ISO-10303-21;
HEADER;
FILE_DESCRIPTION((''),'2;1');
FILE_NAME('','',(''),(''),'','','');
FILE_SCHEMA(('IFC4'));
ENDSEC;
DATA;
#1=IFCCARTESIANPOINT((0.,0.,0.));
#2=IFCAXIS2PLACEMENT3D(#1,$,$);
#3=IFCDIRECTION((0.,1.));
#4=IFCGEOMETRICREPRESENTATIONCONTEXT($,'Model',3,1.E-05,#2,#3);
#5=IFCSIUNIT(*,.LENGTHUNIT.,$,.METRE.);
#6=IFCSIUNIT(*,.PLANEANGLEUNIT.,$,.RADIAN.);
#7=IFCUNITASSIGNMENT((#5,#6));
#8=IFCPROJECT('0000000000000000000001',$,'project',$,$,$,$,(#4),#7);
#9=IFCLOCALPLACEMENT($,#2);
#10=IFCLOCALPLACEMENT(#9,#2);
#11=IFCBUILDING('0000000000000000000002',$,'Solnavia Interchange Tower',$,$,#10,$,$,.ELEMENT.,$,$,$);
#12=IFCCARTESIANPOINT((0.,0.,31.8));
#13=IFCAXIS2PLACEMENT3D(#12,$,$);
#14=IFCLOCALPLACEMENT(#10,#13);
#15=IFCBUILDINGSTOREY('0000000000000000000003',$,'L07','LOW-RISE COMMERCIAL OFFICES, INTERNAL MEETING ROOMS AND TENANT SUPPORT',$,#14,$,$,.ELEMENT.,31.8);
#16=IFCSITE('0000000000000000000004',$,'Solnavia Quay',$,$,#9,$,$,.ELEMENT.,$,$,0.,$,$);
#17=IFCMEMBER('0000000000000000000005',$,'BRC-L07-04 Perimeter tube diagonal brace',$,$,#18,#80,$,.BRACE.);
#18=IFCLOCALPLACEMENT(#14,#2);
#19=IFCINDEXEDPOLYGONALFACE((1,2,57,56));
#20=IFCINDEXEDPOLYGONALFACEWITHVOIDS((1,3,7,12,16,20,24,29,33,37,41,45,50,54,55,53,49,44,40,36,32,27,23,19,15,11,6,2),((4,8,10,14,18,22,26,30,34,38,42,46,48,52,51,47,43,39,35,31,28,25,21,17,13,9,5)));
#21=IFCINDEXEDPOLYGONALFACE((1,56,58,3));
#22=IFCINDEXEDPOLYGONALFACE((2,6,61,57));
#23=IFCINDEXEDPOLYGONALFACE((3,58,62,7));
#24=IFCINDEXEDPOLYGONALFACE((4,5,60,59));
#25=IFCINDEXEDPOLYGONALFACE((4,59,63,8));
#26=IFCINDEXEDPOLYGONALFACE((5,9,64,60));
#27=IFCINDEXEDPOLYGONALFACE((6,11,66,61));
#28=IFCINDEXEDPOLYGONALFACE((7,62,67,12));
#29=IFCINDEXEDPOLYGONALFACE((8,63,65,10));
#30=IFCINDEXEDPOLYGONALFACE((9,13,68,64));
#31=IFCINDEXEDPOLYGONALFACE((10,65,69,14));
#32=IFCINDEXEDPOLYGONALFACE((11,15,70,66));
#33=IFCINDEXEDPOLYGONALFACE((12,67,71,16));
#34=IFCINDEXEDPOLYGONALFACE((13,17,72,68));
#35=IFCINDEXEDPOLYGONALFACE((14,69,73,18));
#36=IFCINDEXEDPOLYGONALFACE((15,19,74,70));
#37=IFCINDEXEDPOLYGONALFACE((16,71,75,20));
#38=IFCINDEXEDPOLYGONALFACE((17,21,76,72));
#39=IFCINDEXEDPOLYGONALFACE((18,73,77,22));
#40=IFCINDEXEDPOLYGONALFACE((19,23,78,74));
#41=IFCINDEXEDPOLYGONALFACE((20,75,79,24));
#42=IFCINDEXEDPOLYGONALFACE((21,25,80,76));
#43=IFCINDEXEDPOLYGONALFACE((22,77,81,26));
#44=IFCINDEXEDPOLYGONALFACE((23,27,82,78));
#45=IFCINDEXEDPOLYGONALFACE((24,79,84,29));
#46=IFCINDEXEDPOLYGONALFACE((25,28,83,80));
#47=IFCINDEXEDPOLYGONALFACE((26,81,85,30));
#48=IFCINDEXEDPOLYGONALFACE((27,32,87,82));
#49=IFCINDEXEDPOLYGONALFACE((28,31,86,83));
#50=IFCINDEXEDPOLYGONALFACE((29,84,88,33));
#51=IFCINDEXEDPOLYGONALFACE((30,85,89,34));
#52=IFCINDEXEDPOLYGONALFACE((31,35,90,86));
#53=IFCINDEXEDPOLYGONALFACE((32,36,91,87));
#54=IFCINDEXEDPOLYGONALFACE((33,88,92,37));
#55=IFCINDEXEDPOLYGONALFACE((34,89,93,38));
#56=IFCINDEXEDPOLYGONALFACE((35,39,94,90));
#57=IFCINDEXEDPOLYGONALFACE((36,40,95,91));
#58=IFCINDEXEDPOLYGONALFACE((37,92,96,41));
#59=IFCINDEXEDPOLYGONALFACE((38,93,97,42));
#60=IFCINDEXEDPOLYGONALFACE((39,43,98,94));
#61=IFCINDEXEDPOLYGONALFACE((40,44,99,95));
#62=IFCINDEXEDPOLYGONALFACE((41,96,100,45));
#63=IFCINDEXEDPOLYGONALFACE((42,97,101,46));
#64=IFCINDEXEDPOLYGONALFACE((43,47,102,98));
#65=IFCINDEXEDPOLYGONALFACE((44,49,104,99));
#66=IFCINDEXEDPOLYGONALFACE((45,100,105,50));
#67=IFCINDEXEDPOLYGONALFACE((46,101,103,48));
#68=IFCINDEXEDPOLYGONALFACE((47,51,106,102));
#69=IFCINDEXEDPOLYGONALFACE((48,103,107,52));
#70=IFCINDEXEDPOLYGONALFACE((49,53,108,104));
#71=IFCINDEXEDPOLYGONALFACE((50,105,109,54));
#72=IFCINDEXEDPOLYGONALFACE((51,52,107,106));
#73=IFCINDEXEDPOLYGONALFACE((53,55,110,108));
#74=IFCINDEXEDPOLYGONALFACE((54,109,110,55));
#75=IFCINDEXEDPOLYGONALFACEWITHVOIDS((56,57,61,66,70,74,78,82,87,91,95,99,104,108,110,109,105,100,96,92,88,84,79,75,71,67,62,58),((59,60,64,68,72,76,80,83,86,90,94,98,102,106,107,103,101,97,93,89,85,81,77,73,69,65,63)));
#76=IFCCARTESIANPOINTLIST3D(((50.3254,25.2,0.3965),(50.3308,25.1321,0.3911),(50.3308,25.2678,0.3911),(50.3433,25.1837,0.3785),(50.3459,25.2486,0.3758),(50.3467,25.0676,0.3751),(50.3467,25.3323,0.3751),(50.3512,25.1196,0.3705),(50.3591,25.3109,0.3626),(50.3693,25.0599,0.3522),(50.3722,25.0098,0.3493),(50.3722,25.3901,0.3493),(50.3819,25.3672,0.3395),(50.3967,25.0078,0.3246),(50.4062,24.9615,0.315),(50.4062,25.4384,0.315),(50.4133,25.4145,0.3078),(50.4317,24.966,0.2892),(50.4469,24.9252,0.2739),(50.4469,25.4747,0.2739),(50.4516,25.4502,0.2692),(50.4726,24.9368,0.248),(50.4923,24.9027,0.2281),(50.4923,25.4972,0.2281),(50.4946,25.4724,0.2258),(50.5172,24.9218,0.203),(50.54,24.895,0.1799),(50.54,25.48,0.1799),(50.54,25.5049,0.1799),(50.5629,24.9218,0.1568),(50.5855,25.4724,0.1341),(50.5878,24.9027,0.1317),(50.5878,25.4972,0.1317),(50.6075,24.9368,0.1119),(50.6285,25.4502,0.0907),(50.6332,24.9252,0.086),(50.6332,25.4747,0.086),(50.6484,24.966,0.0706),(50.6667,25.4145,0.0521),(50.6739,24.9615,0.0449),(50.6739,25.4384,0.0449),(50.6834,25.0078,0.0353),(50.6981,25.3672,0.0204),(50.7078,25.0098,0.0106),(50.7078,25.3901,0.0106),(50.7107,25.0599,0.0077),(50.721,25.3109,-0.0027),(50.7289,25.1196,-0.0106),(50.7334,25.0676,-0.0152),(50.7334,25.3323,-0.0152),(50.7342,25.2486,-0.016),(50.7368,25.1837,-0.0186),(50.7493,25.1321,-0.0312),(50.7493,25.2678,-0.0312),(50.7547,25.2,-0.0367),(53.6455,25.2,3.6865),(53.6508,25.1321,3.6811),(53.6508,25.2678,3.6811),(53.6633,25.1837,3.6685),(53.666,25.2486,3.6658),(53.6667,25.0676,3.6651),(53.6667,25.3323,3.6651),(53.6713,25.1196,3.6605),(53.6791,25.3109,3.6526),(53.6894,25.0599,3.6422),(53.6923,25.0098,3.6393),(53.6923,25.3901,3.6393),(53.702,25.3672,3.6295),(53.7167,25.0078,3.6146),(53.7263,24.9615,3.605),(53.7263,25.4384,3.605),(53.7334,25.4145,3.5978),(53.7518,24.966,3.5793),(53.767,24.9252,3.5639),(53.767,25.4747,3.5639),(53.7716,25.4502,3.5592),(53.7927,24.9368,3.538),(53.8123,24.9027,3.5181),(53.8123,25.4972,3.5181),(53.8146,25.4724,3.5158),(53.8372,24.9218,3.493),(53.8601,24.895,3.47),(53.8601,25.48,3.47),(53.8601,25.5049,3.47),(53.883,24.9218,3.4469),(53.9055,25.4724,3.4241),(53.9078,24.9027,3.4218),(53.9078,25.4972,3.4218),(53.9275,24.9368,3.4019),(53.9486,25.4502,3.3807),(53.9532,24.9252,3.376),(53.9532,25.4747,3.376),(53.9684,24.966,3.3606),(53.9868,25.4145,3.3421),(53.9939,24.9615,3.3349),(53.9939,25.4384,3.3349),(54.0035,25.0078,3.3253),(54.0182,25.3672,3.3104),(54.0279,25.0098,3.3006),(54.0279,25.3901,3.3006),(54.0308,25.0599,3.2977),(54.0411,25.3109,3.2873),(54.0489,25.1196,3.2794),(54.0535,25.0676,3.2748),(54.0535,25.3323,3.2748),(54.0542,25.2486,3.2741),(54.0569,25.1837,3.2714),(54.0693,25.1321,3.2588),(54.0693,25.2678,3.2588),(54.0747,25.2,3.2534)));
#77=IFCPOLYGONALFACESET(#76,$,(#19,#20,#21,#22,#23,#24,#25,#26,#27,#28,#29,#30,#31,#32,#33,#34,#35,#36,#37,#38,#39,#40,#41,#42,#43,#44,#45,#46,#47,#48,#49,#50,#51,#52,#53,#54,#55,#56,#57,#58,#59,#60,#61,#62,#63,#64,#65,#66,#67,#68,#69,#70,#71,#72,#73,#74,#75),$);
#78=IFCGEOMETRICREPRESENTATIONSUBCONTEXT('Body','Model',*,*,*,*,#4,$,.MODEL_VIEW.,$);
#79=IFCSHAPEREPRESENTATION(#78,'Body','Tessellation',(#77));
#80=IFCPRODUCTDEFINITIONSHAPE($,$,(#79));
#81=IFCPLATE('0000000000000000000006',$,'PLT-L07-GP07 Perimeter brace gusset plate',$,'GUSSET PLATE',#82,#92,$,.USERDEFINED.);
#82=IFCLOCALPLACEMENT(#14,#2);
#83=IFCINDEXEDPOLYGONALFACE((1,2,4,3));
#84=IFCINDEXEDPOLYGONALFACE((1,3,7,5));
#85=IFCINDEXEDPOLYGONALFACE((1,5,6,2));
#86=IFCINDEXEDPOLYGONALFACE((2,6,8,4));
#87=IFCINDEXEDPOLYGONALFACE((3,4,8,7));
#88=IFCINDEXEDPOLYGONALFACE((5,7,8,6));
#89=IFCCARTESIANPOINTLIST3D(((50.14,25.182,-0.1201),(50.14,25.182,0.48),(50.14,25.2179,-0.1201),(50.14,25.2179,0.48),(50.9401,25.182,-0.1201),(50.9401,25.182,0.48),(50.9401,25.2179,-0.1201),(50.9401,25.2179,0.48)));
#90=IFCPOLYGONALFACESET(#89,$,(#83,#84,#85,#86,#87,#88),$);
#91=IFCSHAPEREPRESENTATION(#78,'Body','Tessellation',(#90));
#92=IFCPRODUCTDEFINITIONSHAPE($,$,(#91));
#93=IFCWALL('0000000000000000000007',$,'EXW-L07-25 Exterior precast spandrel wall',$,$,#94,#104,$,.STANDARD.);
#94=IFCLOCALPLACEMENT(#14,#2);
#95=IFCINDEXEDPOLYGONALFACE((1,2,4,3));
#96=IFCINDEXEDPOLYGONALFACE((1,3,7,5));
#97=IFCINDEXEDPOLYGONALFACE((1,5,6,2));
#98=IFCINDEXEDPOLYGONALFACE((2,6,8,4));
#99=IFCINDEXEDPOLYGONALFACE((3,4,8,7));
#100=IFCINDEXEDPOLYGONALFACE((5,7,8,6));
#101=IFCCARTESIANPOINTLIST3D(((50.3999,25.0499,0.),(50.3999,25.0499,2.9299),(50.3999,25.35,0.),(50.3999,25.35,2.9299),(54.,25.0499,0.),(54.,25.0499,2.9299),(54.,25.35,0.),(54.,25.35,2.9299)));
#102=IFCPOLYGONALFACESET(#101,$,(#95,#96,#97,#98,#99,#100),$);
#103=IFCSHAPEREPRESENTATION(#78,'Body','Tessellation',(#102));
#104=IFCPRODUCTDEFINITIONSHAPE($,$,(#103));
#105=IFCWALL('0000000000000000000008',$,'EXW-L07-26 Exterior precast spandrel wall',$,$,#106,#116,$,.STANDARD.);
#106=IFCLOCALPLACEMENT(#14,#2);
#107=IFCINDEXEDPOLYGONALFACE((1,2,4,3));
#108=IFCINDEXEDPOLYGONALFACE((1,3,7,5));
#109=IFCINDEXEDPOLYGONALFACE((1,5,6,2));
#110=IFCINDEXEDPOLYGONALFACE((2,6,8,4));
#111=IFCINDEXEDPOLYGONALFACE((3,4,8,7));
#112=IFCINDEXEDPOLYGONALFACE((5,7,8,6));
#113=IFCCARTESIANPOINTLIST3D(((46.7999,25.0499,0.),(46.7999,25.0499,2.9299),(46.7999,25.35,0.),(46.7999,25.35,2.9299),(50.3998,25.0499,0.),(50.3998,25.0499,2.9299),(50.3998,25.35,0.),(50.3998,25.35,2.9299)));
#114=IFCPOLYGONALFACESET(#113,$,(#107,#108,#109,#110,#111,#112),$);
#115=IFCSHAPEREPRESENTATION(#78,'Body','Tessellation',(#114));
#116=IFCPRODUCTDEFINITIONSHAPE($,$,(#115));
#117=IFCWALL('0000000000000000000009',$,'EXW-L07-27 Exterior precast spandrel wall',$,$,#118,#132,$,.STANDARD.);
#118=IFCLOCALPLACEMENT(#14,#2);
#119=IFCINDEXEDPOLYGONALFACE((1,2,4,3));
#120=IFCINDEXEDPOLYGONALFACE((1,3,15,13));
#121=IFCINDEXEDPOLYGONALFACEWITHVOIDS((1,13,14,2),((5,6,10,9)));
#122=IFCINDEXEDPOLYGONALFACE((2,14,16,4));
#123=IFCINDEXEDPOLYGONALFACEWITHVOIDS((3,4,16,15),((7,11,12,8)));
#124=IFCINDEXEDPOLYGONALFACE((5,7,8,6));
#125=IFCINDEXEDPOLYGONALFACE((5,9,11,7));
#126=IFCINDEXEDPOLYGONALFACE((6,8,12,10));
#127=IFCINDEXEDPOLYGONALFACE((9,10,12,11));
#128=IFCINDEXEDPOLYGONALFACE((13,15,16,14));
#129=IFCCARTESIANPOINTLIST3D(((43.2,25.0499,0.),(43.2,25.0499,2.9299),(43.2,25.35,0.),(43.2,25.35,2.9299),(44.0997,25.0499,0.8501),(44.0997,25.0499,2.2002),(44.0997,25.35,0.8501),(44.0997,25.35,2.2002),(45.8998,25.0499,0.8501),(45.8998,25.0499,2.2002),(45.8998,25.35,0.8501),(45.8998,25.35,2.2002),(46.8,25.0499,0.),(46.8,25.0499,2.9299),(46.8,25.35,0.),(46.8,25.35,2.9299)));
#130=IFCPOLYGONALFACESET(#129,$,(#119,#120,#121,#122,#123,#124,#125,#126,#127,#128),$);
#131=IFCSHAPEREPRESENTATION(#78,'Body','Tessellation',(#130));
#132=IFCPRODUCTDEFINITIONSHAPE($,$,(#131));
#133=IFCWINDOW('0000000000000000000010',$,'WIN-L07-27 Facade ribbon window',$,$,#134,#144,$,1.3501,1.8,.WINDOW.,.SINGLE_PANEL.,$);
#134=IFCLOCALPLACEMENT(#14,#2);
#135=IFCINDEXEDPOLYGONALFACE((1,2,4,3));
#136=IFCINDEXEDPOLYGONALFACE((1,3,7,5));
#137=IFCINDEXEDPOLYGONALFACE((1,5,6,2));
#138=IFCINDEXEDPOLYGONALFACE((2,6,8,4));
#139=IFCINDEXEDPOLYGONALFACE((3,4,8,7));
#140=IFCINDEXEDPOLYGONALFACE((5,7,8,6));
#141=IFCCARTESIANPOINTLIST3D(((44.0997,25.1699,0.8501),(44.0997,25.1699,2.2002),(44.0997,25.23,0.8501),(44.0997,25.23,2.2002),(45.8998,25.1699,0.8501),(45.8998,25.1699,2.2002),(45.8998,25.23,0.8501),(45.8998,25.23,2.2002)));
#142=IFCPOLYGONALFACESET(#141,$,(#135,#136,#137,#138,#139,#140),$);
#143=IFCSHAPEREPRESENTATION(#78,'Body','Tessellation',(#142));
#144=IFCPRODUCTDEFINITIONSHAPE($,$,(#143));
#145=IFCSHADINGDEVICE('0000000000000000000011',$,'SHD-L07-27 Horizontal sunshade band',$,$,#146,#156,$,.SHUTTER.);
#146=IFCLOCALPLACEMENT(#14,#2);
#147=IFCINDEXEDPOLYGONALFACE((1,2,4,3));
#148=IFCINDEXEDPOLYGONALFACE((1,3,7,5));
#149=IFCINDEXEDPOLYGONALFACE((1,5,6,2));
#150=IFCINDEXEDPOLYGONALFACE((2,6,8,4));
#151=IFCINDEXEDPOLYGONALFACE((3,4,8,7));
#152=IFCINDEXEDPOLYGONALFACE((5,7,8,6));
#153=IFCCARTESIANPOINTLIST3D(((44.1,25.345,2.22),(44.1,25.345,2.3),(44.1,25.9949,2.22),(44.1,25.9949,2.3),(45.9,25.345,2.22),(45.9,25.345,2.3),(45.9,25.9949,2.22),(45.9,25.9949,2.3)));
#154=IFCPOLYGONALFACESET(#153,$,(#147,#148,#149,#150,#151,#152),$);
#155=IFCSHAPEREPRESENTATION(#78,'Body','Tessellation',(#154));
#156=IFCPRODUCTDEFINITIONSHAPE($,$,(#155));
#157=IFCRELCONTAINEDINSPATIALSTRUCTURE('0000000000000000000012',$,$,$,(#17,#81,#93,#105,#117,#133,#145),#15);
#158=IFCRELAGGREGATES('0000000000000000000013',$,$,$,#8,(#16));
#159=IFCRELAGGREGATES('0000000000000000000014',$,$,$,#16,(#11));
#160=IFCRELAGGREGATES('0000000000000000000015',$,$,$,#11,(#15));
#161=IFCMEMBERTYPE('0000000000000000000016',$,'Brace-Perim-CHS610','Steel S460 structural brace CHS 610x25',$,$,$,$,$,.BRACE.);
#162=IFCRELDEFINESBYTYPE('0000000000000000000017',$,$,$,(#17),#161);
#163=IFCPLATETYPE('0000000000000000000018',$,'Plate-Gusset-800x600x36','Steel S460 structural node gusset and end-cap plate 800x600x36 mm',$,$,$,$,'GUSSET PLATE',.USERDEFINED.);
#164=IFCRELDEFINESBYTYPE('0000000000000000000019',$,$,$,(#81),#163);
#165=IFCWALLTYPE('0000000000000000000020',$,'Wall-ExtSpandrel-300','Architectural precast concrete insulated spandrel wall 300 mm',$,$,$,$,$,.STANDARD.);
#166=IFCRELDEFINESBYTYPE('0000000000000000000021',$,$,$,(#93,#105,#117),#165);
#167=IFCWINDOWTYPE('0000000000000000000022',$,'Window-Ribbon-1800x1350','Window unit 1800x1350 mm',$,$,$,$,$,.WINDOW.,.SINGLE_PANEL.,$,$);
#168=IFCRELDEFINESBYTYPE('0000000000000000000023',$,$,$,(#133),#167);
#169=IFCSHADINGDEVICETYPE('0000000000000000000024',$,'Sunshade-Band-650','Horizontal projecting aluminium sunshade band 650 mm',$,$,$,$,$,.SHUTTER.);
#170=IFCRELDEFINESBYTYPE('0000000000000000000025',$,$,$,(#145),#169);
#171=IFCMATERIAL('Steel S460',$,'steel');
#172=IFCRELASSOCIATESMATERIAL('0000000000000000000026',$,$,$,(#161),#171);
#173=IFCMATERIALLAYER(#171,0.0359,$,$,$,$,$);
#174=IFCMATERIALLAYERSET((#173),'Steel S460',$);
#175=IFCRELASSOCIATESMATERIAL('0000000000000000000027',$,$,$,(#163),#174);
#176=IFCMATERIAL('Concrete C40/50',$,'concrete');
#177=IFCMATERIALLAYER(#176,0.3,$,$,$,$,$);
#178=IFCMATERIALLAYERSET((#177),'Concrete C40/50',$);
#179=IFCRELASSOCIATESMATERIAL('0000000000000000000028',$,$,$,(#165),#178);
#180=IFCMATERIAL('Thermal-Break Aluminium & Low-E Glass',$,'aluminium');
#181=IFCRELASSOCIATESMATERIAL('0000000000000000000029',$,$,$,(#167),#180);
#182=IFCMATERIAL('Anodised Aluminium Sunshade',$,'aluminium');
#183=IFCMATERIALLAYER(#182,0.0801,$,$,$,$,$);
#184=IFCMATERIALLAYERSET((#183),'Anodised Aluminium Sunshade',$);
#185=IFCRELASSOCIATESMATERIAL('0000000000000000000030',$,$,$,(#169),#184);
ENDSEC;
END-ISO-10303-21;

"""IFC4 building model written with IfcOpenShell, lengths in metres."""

from ifc_helpers import new_model, si_unit, direction, frame, frame_2d, origin, origin_2d, place, context, subcontext, project, spatial, rectangle, hollow_circle, extrude, material, layer, layer_set, material_profile, profile_set, type_object, element, fill, save


model = new_model("IFC4")

# Units and contexts
model_context = context("Model", 3, precision=1e-05, world=origin(), true_north=direction((0.0, 1.0)))
body_context = subcontext(model_context, "Body", "Model", "MODEL_VIEW")
ifc_project = project(units=[si_unit("LENGTHUNIT", "METRE"), si_unit("PLANEANGLEUNIT", "RADIAN")], contexts=[model_context])

# Site, building, storey
site_placement = place(None, origin())
site = spatial("IfcSite", under=ifc_project, at=site_placement, Name="Solnavia Quay", CompositionType="ELEMENT", RefElevation=0.0)
building_placement = place(site_placement, origin())
building = spatial("IfcBuilding", under=site, at=building_placement, Name="Solnavia Interchange Tower", CompositionType="ELEMENT")
storey_placement = place(building_placement, frame((0.0, 0.0, 31.8)))
storey = spatial("IfcBuildingStorey", under=building, at=storey_placement, Name="L07", Description="LOW-RISE COMMERCIAL OFFICES, INTERNAL MEETING ROOMS AND TENANT SUPPORT", CompositionType="ELEMENT", Elevation=31.8)

# Shared definitions
ifc_material_1 = material(Name="Steel S460", Category="steel")

# Member
ifc_material_profile_1 = material_profile(ifc_material_1, hollow_circle(Radius=0.3049, WallThickness=0.0249, at=origin_2d()), Name="CHS 610x25")
ifc_profile_set_1 = profile_set([ifc_material_profile_1], Name="Steel S460")
member_type = type_object("IfcMemberType", Name="Brace-Perim-CHS610", Description="Steel S460 structural brace CHS 610x25", PredefinedType="BRACE", material=ifc_profile_set_1)
member_placement = place(storey_placement, frame((50.54, 25.2, 0.1799), z_axis=(0.710312, 0.0, 0.703887), x_axis=(0.0, 1.0, 0.0)))
element("IfcMember", 1, at=member_placement, inside=storey, type_object=member_type, Name="BRC-L07-04 Perimeter tube diagonal brace", PredefinedType="BRACE", context=body_context, shape_type="SweptSolid", body=[
    extrude(hollow_circle(Radius=0.3049, WallThickness=0.0249, at=origin_2d()), origin(), (0.0, 0.0, 1.0), 4.6741),
])

# Plate
ifc_layer_1 = layer(ifc_material_1, 0.0359)
ifc_layer_set_1 = layer_set([ifc_layer_1], Name="Steel S460")
plate_type = type_object("IfcPlateType", Name="Plate-Gusset-800x600x36", Description="Steel S460 structural node gusset and end-cap plate 800x600x36 mm", ElementType="GUSSET PLATE", PredefinedType="USERDEFINED", material=ifc_layer_set_1)
plate_placement = place(storey_placement, frame((50.54, 25.2, -0.1201), z_axis=(0.0, 0.0, 1.0), x_axis=(1.0, 0.0, 0.0)))
element("IfcPlate", 2, at=plate_placement, inside=storey, type_object=plate_type, Name="PLT-L07-GP07 Perimeter brace gusset plate", ObjectType="GUSSET PLATE", PredefinedType="USERDEFINED", context=body_context, shape_type="SweptSolid", body=[
    extrude(rectangle(XDim=0.8, YDim=0.0359, at=origin_2d()), origin(), (0.0, 0.0, 1.0), 0.6001),
])

# Walls
ifc_material_2 = material(Name="Concrete C40/50", Category="concrete")
ifc_layer_2 = layer(ifc_material_2, 0.3)
ifc_layer_set_2 = layer_set([ifc_layer_2], Name="Concrete C40/50")
wall_type = type_object("IfcWallType", Name="Wall-ExtSpandrel-300", Description="Architectural precast concrete insulated spandrel wall 300 mm", PredefinedType="STANDARD", material=ifc_layer_set_2)
wall_1_placement = place(storey_placement, frame((50.3999, 25.2, 0.0), z_axis=(0.0, 0.0, 1.0), x_axis=(1.0, 0.0, 0.0)))
element("IfcWall", 3, at=wall_1_placement, inside=storey, type_object=wall_type, Name="EXW-L07-25 Exterior precast spandrel wall", PredefinedType="STANDARD", context=body_context, shape_type="SweptSolid", body=[
    extrude(rectangle(XDim=3.6001, YDim=0.3, at=frame_2d((1.8, 0.0))), origin(), (0.0, 0.0, 1.0), 2.9299),
])
wall_2_placement = place(storey_placement, frame((46.8, 25.2, 0.0), z_axis=(0.0, 0.0, 1.0), x_axis=(1.0, 0.0, 0.0)))
element("IfcWall", 4, at=wall_2_placement, inside=storey, type_object=wall_type, Name="EXW-L07-26 Exterior precast spandrel wall", PredefinedType="STANDARD", context=body_context, shape_type="SweptSolid", body=[
    extrude(rectangle(XDim=3.5999, YDim=0.3, at=frame_2d((1.7998, 0.0))), origin(), (0.0, 0.0, 1.0), 2.9299),
])

# Wall, opening, window
wall_3_placement = place(storey_placement, frame((43.2, 25.2, 0.0), z_axis=(0.0, 0.0, 1.0), x_axis=(1.0, 0.0, 0.0)))
wall_3 = element("IfcWall", 5, at=wall_3_placement, inside=storey, type_object=wall_type, Name="EXW-L07-27 Exterior precast spandrel wall", PredefinedType="STANDARD", context=body_context, shape_type="SweptSolid", body=[
    extrude(rectangle(XDim=3.6001, YDim=0.3, at=frame_2d((1.8, 0.0))), origin(), (0.0, 0.0, 1.0), 2.9299),
])
opening_placement = place(wall_3_placement, frame((0.8999, 0.0, 0.8501)))
opening = element("IfcOpeningElement", 6, at=opening_placement, cuts=wall_3, PredefinedType="OPENING", context=body_context, shape_type="SweptSolid", body=[
    extrude(rectangle(XDim=1.8, YDim=1.3501, at=frame_2d((0.8999, 0.675))), frame((0.0, 0.1602, 0.0), z_axis=(0.0, -1.0, 0.0), x_axis=(1.0, 0.0, 0.0)), (0.0, 0.0, 1.0), 0.3201),
])
ifc_material_3 = material(Name="Thermal-Break Aluminium & Low-E Glass", Category="aluminium")
window_type = type_object("IfcWindowType", Name="Window-Ribbon-1800x1350", Description="Window unit 1800x1350 mm", PartitioningType="SINGLE_PANEL", PredefinedType="WINDOW", material=ifc_material_3)
window_placement = place(opening_placement, origin())
window = element("IfcWindow", 7, at=window_placement, inside=storey, type_object=window_type, Name="WIN-L07-27 Facade ribbon window", OverallHeight=1.3501, OverallWidth=1.8, PartitioningType="SINGLE_PANEL", PredefinedType="WINDOW", context=body_context, shape_type="SweptSolid", body=[
    extrude(rectangle(XDim=1.8, YDim=1.3501, at=frame_2d((0.8999, 0.675))), frame((0.0, 0.03, 0.0), z_axis=(0.0, -1.0, 0.0), x_axis=(1.0, 0.0, 0.0)), (0.0, 0.0, 1.0), 0.0601),
])
fill(opening, window)

# Shading device
ifc_material_4 = material(Name="Anodised Aluminium Sunshade", Category="aluminium")
ifc_layer_3 = layer(ifc_material_4, 0.0801)
ifc_layer_set_3 = layer_set([ifc_layer_3], Name="Anodised Aluminium Sunshade")
shading_device_type = type_object("IfcShadingDeviceType", Name="Sunshade-Band-650", Description="Horizontal projecting aluminium sunshade band 650 mm", PredefinedType="SHUTTER", material=ifc_layer_set_3)
shading_device_placement = place(storey_placement, frame((45.0, 25.6699, 2.22), z_axis=(0.0, 0.0, 1.0), x_axis=(1.0, 0.0, 0.0)))
element("IfcShadingDevice", 8, at=shading_device_placement, inside=storey, type_object=shading_device_type, Name="SHD-L07-27 Horizontal sunshade band", PredefinedType="SHUTTER", context=body_context, shape_type="SweptSolid", body=[
    extrude(rectangle(XDim=1.8, YDim=0.6499, at=origin_2d()), origin(), (0.0, 0.0, 1.0), 0.0801),
])

save(model, "model.ifc")
